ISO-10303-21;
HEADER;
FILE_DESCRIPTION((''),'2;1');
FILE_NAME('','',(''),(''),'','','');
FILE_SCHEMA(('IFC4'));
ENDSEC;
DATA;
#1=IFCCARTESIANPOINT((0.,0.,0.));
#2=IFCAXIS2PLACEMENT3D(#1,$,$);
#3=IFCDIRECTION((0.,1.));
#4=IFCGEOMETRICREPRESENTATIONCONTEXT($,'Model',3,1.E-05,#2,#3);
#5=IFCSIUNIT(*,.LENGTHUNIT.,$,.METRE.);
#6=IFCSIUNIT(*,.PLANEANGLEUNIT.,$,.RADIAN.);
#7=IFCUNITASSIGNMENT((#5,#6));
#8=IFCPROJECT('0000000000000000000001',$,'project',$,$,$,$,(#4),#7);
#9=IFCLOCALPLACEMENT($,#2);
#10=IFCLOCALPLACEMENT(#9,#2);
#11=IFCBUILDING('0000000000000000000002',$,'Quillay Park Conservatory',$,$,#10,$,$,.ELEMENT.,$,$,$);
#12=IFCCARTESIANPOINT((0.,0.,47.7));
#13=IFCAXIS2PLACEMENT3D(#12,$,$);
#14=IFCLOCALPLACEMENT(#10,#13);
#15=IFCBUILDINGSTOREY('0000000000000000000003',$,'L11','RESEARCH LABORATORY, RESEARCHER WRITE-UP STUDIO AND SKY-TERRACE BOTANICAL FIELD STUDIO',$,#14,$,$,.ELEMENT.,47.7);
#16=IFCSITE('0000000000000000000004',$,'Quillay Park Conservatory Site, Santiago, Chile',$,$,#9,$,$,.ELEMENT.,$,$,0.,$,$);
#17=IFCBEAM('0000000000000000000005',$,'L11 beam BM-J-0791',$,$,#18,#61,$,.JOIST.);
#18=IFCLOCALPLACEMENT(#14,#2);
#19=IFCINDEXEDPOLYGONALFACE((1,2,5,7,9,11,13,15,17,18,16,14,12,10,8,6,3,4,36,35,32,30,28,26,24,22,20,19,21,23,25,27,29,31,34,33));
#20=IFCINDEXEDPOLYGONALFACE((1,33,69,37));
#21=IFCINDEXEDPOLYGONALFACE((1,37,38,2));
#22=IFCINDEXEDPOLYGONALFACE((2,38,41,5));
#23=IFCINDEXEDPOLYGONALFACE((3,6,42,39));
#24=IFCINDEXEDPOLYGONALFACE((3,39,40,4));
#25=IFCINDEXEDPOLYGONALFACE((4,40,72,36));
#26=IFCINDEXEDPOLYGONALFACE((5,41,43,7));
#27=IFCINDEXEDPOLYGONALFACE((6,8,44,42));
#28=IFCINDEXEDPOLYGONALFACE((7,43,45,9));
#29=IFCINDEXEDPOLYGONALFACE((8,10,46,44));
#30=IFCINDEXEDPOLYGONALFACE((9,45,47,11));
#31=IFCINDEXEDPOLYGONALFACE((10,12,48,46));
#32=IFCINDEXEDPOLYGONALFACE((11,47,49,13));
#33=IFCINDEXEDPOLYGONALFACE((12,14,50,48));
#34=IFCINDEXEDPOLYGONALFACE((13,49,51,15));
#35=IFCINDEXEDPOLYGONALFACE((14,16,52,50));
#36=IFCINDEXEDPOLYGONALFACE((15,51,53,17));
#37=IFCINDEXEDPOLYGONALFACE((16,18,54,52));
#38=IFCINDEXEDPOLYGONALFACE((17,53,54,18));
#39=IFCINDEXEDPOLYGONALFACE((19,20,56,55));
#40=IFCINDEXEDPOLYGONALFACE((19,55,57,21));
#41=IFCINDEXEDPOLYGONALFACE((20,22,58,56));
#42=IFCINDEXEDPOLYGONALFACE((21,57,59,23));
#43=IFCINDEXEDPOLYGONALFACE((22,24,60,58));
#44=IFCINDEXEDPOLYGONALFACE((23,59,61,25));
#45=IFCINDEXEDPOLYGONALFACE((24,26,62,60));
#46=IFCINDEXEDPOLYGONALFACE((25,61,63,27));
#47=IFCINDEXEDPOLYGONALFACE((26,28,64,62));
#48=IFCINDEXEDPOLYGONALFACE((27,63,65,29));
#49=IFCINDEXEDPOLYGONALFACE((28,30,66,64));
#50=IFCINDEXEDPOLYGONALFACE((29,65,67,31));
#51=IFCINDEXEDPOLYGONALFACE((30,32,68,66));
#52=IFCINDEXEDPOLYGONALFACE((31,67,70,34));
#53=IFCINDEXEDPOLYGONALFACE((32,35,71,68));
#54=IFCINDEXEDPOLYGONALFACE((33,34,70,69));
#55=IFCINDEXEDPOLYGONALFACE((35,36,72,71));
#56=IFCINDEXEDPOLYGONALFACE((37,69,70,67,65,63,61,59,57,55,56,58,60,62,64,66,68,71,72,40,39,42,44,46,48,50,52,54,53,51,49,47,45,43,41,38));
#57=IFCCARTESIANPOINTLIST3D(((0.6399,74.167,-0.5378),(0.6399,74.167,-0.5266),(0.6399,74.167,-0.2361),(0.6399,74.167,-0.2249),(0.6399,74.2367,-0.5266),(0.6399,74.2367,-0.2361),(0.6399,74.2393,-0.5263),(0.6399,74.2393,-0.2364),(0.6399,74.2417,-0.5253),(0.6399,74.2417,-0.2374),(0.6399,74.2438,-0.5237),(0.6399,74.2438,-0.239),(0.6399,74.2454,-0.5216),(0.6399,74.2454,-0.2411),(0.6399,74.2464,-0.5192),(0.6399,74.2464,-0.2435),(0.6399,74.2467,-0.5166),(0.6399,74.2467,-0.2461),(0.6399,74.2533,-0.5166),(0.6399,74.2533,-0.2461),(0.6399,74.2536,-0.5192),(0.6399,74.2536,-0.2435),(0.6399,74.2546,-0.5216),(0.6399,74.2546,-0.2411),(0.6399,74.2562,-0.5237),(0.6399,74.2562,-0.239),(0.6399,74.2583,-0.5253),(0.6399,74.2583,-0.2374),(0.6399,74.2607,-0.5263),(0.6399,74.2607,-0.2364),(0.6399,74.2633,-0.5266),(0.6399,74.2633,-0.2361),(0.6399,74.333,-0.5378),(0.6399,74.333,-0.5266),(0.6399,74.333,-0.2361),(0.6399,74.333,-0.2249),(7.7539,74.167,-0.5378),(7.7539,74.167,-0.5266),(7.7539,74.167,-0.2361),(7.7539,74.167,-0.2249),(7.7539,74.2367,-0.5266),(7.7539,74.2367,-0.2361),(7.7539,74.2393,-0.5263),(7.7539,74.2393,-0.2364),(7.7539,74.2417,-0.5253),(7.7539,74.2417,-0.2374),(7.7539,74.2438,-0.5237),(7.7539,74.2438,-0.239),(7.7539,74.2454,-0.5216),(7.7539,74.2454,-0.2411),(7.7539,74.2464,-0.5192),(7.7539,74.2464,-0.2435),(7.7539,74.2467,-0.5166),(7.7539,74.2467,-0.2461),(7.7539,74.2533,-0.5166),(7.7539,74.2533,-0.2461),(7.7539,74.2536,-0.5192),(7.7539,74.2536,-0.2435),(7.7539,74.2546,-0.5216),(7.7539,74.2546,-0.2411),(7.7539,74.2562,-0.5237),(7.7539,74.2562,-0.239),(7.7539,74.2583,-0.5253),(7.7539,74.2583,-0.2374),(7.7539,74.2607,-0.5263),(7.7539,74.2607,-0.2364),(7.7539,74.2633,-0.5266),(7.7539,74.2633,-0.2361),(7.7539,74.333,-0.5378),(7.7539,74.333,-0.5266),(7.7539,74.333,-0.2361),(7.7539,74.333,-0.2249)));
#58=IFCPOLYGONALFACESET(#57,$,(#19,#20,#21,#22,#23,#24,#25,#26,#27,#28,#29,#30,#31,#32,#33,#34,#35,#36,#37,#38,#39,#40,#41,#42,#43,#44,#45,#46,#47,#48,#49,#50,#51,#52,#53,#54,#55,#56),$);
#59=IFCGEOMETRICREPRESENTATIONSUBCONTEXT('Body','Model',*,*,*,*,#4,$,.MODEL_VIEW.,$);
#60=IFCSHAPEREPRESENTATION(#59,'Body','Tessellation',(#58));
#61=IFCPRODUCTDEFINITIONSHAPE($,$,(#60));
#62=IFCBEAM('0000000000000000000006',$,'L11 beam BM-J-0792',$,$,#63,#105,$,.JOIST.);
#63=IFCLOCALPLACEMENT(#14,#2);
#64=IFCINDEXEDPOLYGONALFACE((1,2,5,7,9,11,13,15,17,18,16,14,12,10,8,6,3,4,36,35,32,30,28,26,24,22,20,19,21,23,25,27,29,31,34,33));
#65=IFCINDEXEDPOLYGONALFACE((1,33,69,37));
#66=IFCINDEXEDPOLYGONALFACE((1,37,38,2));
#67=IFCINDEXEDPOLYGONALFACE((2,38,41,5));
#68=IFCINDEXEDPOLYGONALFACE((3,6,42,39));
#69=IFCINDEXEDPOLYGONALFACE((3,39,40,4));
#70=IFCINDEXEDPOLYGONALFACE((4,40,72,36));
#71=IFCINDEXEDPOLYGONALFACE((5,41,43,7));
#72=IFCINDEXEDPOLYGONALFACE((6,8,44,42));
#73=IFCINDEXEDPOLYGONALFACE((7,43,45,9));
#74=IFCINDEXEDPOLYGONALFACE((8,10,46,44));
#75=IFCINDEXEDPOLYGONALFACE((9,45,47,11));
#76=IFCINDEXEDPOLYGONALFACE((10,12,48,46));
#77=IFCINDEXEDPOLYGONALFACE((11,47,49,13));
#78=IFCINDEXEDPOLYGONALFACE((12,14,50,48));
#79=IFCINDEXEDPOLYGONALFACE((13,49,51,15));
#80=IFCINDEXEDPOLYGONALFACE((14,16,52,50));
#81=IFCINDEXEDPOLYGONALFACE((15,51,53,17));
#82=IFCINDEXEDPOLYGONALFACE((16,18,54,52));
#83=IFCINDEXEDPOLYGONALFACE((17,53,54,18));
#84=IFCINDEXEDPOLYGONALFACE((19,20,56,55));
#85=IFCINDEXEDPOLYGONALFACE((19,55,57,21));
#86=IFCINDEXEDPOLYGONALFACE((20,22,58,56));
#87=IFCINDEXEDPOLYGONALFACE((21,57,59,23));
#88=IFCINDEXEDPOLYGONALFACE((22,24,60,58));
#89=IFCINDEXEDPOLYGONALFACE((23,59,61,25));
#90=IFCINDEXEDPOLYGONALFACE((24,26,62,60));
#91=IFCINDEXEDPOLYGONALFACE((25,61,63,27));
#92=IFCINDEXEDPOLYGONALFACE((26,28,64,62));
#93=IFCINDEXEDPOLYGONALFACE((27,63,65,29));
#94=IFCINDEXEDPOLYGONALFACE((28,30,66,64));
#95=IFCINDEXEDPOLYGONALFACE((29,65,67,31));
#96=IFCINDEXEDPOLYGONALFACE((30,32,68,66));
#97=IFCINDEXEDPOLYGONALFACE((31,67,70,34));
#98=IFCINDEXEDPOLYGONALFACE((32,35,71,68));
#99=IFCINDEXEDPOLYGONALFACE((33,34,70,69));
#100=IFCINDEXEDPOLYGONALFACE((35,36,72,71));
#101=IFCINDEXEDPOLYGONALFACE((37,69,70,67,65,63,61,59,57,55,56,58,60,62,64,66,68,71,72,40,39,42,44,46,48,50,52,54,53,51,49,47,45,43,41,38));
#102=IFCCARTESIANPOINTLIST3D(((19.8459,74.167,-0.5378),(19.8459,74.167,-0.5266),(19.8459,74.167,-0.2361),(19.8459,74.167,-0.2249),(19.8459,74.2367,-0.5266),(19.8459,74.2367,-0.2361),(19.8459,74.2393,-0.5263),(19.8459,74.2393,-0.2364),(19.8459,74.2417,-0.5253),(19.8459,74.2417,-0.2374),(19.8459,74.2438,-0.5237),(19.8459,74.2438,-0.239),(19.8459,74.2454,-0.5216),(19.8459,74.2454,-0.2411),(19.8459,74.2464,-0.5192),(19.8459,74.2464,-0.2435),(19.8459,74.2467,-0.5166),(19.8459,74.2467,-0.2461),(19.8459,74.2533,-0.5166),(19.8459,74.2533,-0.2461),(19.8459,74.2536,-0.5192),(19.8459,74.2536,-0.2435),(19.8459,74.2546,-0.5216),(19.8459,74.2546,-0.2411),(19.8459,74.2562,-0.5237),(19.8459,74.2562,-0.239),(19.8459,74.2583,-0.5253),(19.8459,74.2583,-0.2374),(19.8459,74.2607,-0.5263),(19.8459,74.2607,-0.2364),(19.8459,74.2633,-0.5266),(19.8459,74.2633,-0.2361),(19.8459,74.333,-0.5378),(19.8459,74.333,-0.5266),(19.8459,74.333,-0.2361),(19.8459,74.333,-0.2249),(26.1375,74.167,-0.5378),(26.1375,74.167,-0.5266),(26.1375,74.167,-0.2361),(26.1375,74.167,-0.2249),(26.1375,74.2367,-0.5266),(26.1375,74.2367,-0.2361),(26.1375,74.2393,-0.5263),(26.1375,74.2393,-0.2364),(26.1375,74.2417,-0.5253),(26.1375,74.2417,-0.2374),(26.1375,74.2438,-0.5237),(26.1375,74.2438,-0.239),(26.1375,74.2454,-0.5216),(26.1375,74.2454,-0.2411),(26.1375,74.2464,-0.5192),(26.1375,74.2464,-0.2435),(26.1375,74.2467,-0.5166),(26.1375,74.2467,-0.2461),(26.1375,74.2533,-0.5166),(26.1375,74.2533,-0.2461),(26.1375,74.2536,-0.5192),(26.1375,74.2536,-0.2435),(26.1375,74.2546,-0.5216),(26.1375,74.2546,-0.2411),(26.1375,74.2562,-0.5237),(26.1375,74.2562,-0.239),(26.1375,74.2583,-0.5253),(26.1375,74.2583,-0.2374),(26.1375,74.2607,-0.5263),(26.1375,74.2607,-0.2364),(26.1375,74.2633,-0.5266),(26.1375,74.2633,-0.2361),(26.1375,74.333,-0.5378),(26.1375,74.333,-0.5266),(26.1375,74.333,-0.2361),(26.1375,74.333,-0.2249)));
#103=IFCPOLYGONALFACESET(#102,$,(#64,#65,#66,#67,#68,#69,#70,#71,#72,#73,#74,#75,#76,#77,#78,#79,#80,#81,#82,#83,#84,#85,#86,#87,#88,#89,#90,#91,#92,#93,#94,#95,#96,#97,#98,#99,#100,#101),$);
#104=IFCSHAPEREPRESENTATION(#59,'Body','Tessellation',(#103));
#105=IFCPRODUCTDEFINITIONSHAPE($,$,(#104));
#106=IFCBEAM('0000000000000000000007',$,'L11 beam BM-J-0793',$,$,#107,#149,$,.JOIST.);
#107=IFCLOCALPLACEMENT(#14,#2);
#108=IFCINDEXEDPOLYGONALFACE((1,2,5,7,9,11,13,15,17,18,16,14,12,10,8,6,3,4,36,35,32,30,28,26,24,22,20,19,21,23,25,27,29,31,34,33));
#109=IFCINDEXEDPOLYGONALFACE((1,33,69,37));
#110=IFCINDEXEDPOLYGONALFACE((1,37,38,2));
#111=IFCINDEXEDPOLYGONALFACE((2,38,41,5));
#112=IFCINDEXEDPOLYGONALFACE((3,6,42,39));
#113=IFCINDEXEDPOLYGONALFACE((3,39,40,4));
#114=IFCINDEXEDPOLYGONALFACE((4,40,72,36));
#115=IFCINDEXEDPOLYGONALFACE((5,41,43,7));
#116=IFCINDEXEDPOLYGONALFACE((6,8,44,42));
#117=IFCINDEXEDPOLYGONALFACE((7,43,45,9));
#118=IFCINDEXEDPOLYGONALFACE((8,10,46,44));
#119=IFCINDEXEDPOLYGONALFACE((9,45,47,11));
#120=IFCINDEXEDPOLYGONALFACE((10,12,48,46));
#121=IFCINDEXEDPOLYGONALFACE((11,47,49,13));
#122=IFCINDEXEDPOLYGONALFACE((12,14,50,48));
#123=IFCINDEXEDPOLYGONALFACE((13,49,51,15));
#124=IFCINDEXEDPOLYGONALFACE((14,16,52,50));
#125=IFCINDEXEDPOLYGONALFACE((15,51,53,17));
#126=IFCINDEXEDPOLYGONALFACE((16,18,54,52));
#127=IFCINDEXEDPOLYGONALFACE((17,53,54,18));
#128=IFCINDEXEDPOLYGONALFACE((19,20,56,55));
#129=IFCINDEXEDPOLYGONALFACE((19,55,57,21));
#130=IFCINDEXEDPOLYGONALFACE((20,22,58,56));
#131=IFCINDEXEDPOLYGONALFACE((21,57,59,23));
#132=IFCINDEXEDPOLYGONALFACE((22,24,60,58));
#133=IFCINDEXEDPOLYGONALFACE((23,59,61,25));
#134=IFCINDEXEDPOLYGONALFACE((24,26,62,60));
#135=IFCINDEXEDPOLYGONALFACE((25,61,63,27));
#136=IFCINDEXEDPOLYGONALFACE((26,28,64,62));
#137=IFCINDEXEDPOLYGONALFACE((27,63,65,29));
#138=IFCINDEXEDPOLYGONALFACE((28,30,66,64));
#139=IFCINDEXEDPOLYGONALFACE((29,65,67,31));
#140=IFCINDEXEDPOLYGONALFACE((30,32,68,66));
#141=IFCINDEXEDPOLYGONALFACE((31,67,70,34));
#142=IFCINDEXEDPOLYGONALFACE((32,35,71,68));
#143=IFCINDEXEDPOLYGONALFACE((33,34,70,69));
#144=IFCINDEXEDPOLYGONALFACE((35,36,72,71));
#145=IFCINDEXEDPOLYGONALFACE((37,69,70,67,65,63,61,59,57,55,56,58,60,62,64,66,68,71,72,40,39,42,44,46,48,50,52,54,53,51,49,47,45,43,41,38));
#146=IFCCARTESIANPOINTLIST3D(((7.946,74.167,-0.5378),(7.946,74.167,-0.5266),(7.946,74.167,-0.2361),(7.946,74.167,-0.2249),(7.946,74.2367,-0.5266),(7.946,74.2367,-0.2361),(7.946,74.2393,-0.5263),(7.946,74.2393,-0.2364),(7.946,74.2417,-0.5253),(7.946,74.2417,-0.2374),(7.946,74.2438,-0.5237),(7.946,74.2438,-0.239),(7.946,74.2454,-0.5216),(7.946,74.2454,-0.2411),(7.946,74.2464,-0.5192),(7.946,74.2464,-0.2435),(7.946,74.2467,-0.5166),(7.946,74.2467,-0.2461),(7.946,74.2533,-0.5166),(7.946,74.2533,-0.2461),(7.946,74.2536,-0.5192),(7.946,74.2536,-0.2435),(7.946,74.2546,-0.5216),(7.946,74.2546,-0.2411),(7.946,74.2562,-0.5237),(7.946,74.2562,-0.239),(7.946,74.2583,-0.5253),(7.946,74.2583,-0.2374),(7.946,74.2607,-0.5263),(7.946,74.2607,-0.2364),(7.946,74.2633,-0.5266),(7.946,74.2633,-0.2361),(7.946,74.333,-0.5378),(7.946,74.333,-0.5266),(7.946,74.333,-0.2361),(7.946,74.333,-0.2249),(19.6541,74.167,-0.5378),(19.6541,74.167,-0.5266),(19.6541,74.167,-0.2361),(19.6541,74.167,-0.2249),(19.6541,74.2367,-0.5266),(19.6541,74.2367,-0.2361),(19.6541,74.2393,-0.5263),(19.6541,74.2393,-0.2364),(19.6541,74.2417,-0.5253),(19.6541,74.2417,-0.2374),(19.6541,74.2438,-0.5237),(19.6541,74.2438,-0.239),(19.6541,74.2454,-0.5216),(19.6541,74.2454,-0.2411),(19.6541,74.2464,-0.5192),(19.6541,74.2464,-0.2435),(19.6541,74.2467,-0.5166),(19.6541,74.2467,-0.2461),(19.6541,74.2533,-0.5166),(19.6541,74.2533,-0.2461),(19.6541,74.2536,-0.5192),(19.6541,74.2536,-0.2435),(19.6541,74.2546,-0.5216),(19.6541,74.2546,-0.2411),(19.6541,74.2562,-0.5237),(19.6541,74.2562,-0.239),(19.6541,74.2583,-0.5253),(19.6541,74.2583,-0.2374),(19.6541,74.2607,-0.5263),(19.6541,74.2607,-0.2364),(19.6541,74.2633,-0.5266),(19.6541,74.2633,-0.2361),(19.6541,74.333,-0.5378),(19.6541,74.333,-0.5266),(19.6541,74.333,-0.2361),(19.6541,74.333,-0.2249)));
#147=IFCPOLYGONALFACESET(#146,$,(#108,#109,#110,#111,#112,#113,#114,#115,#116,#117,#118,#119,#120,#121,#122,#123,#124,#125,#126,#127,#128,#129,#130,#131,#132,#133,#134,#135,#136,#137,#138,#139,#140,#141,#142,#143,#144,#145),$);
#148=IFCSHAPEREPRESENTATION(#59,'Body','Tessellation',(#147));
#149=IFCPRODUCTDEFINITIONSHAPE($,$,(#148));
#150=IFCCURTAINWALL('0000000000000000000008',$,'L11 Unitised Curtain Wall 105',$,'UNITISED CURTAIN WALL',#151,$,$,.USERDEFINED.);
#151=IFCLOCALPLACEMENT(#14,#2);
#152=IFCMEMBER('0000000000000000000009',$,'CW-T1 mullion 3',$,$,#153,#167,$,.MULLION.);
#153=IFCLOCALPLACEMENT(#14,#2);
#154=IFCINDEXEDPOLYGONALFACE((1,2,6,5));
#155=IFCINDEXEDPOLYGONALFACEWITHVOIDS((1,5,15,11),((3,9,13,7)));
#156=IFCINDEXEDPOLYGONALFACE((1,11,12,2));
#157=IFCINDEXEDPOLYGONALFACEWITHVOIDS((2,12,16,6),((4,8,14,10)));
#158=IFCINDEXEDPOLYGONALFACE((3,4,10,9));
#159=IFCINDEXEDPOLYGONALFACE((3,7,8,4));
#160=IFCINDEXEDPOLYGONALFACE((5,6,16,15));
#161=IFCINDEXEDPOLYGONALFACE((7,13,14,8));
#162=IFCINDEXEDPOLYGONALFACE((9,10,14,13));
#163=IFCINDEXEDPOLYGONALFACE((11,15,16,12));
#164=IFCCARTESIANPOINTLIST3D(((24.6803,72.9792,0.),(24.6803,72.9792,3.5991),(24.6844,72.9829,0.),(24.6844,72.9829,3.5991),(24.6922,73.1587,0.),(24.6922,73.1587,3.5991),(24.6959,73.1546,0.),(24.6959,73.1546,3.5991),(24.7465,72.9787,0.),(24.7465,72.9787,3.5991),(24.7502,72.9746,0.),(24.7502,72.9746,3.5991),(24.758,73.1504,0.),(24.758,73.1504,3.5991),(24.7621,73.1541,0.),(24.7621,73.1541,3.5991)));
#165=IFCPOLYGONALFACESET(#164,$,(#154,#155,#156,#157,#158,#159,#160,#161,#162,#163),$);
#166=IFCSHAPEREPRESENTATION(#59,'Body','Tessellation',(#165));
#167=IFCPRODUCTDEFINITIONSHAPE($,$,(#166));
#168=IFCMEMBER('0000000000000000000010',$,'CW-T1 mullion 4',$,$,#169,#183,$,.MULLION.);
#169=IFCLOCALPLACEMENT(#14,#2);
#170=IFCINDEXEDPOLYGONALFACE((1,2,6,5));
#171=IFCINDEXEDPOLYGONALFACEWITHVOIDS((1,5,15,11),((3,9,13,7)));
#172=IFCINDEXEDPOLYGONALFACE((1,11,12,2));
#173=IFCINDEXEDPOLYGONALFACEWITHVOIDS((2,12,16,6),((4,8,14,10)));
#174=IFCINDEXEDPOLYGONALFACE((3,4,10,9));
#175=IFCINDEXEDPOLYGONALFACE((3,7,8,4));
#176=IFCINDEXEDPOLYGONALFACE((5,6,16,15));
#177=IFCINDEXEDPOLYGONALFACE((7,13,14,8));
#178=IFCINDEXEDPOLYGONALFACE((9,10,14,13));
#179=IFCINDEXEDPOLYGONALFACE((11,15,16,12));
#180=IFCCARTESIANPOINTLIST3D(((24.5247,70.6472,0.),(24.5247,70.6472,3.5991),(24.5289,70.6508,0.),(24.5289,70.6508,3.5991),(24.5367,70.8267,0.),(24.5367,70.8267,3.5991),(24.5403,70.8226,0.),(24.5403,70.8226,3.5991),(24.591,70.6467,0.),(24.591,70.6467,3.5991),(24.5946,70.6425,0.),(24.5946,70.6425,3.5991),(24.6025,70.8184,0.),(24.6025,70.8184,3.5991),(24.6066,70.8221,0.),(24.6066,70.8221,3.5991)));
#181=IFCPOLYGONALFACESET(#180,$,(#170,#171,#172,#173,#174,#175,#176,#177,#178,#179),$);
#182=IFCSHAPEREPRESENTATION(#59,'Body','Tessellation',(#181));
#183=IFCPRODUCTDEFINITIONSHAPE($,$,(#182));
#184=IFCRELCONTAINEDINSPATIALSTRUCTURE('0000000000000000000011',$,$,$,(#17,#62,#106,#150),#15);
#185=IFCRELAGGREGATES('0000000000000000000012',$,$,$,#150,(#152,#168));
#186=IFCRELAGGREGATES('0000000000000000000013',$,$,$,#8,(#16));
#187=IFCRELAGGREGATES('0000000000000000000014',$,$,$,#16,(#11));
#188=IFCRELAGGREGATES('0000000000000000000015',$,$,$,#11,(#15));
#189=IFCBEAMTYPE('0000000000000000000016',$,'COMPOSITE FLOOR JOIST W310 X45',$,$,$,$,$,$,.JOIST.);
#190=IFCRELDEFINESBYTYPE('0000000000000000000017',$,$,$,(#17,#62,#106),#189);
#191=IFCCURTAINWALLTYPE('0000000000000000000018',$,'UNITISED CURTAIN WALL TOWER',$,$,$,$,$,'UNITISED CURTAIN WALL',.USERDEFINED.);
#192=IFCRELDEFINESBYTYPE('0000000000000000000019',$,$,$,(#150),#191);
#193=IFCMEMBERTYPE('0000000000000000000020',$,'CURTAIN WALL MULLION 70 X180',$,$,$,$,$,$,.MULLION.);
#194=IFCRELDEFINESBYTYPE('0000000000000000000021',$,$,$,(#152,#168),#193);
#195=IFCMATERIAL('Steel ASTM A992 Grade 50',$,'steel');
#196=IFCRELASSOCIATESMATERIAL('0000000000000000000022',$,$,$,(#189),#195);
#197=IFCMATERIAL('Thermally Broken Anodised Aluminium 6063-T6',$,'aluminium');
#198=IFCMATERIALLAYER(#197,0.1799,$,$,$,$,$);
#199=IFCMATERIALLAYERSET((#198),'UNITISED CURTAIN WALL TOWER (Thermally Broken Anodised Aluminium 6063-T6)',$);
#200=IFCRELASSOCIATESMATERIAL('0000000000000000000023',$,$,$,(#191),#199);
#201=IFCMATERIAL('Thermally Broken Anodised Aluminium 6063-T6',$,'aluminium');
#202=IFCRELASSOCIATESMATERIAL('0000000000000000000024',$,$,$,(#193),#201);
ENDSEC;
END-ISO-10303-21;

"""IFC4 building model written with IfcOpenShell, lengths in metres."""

from ifc_helpers import new_model, si_unit, direction, frame, origin, origin_2d, place, context, subcontext, project, spatial, hollow_rectangle, i_section, extrude, material, layer, layer_set, material_profile, profile_set, type_object, element, aggregate, save


model = new_model("IFC4")

# Units and contexts
model_context = context("Model", 3, precision=1e-05, world=origin(), true_north=direction((0.0, 1.0)))
body_context = subcontext(model_context, "Body", "Model", "MODEL_VIEW")
ifc_project = project(units=[si_unit("LENGTHUNIT", "METRE"), si_unit("PLANEANGLEUNIT", "RADIAN")], contexts=[model_context])

# Site, building, storey
site_placement = place(None, origin())
site = spatial("IfcSite", under=ifc_project, at=site_placement, Name="Quillay Park Conservatory Site, Santiago, Chile", CompositionType="ELEMENT", RefElevation=0.0)
building_placement = place(site_placement, origin())
building = spatial("IfcBuilding", under=site, at=building_placement, Name="Quillay Park Conservatory", CompositionType="ELEMENT")
storey_placement = place(building_placement, frame((0.0, 0.0, 47.7)))
storey = spatial("IfcBuildingStorey", under=building, at=storey_placement, Name="L11", Description="RESEARCH LABORATORY, RESEARCHER WRITE-UP STUDIO AND SKY-TERRACE BOTANICAL FIELD STUDIO", CompositionType="ELEMENT", Elevation=47.7)

# Beams
ifc_material_1 = material(Name="Steel ASTM A992 Grade 50", Category="steel")
ifc_material_profile_1 = material_profile(ifc_material_1, i_section(OverallWidth=0.166, OverallDepth=0.313, WebThickness=0.0066, FlangeThickness=0.0112, FilletRadius=0.01, at=origin_2d()), Name="W310x45")
ifc_profile_set_1 = profile_set([ifc_material_profile_1], Name="Steel ASTM A992 Grade 50")
beam_type_1 = type_object("IfcBeamType", Name="COMPOSITE FLOOR JOIST W310 X45", PredefinedType="JOIST", material=ifc_profile_set_1)
beam_1_placement = place(storey_placement, frame((0.6399, 74.25, -0.3813), z_axis=(1.0, 0.0, 0.0), x_axis=(0.0, 1.0, 0.0)))
element("IfcBeam", 1, at=beam_1_placement, inside=storey, type_object=beam_type_1, Name="L11 beam BM-J-0791", PredefinedType="JOIST", context=body_context, shape_type="SweptSolid", body=[
    extrude(i_section(OverallWidth=0.166, OverallDepth=0.313, WebThickness=0.0066, FlangeThickness=0.0112, FilletRadius=0.01, at=origin_2d()), origin(), (0.0, 0.0, 1.0), 7.114),
])
beam_2_placement = place(storey_placement, frame((19.8459, 74.25, -0.3813), z_axis=(1.0, 0.0, 0.0), x_axis=(0.0, 1.0, 0.0)))
element("IfcBeam", 2, at=beam_2_placement, inside=storey, type_object=beam_type_1, Name="L11 beam BM-J-0792", PredefinedType="JOIST", context=body_context, shape_type="SweptSolid", body=[
    extrude(i_section(OverallWidth=0.166, OverallDepth=0.313, WebThickness=0.0066, FlangeThickness=0.0112, FilletRadius=0.01, at=origin_2d()), origin(), (0.0, 0.0, 1.0), 6.2915),
])
beam_3_placement = place(storey_placement, frame((7.946, 74.25, -0.3813), z_axis=(1.0, 0.0, 0.0), x_axis=(0.0, 1.0, 0.0)))
element("IfcBeam", 3, at=beam_3_placement, inside=storey, type_object=beam_type_1, Name="L11 beam BM-J-0793", PredefinedType="JOIST", context=body_context, shape_type="SweptSolid", body=[
    extrude(i_section(OverallWidth=0.166, OverallDepth=0.313, WebThickness=0.0066, FlangeThickness=0.0112, FilletRadius=0.01, at=origin_2d()), origin(), (0.0, 0.0, 1.0), 11.708),
])

# Curtain wall, members
ifc_material_2 = material(Name="Thermally Broken Anodised Aluminium 6063-T6", Category="aluminium")
ifc_layer_1 = layer(ifc_material_2, 0.1799)
ifc_layer_set_1 = layer_set([ifc_layer_1], Name="UNITISED CURTAIN WALL TOWER (Thermally Broken Anodised Aluminium 6063-T6)")
curtain_wall_type = type_object("IfcCurtainWallType", Name="UNITISED CURTAIN WALL TOWER", ElementType="UNITISED CURTAIN WALL", PredefinedType="USERDEFINED", material=ifc_layer_set_1)
curtain_wall_placement = place(storey_placement, origin())
curtain_wall = element("IfcCurtainWall", 4, at=curtain_wall_placement, inside=storey, type_object=curtain_wall_type, Name="L11 Unitised Curtain Wall 105", ObjectType="UNITISED CURTAIN WALL", PredefinedType="USERDEFINED")
ifc_material_3 = material(Name="Thermally Broken Anodised Aluminium 6063-T6", Category="aluminium")
ifc_material_profile_2 = material_profile(ifc_material_3, hollow_rectangle(XDim=0.0701, YDim=0.1799, WallThickness=0.0039, at=origin_2d()), Name="AL70x180x4")
ifc_profile_set_2 = profile_set([ifc_material_profile_2], Name="Thermally Broken Anodised Aluminium 6063-T6")
member_type_1 = type_object("IfcMemberType", Name="CURTAIN WALL MULLION 70 X180", PredefinedType="MULLION", material=ifc_profile_set_2)
member_1_placement = place(storey_placement, frame((24.7212, 73.0667, 0.0), z_axis=(0.0, 0.0, 1.0), x_axis=(0.997785, -0.066521, 0.0)))
member_1 = element("IfcMember", 5, at=member_1_placement, type_object=member_type_1, Name="CW-T1 mullion 3", PredefinedType="MULLION", context=body_context, shape_type="SweptSolid", body=[
    extrude(hollow_rectangle(XDim=0.0701, YDim=0.1799, WallThickness=0.0039, at=origin_2d()), origin(), (0.0, 0.0, 1.0), 3.5991),
])
member_2_placement = place(storey_placement, frame((24.5657, 70.7346, 0.0), z_axis=(0.0, 0.0, 1.0), x_axis=(0.997785, -0.066521, 0.0)))
member_2 = element("IfcMember", 6, at=member_2_placement, type_object=member_type_1, Name="CW-T1 mullion 4", PredefinedType="MULLION", context=body_context, shape_type="SweptSolid", body=[
    extrude(hollow_rectangle(XDim=0.0701, YDim=0.1799, WallThickness=0.0039, at=origin_2d()), origin(), (0.0, 0.0, 1.0), 3.5991),
])

aggregate(curtain_wall, [member_1, member_2])

save(model, "model.ifc")
